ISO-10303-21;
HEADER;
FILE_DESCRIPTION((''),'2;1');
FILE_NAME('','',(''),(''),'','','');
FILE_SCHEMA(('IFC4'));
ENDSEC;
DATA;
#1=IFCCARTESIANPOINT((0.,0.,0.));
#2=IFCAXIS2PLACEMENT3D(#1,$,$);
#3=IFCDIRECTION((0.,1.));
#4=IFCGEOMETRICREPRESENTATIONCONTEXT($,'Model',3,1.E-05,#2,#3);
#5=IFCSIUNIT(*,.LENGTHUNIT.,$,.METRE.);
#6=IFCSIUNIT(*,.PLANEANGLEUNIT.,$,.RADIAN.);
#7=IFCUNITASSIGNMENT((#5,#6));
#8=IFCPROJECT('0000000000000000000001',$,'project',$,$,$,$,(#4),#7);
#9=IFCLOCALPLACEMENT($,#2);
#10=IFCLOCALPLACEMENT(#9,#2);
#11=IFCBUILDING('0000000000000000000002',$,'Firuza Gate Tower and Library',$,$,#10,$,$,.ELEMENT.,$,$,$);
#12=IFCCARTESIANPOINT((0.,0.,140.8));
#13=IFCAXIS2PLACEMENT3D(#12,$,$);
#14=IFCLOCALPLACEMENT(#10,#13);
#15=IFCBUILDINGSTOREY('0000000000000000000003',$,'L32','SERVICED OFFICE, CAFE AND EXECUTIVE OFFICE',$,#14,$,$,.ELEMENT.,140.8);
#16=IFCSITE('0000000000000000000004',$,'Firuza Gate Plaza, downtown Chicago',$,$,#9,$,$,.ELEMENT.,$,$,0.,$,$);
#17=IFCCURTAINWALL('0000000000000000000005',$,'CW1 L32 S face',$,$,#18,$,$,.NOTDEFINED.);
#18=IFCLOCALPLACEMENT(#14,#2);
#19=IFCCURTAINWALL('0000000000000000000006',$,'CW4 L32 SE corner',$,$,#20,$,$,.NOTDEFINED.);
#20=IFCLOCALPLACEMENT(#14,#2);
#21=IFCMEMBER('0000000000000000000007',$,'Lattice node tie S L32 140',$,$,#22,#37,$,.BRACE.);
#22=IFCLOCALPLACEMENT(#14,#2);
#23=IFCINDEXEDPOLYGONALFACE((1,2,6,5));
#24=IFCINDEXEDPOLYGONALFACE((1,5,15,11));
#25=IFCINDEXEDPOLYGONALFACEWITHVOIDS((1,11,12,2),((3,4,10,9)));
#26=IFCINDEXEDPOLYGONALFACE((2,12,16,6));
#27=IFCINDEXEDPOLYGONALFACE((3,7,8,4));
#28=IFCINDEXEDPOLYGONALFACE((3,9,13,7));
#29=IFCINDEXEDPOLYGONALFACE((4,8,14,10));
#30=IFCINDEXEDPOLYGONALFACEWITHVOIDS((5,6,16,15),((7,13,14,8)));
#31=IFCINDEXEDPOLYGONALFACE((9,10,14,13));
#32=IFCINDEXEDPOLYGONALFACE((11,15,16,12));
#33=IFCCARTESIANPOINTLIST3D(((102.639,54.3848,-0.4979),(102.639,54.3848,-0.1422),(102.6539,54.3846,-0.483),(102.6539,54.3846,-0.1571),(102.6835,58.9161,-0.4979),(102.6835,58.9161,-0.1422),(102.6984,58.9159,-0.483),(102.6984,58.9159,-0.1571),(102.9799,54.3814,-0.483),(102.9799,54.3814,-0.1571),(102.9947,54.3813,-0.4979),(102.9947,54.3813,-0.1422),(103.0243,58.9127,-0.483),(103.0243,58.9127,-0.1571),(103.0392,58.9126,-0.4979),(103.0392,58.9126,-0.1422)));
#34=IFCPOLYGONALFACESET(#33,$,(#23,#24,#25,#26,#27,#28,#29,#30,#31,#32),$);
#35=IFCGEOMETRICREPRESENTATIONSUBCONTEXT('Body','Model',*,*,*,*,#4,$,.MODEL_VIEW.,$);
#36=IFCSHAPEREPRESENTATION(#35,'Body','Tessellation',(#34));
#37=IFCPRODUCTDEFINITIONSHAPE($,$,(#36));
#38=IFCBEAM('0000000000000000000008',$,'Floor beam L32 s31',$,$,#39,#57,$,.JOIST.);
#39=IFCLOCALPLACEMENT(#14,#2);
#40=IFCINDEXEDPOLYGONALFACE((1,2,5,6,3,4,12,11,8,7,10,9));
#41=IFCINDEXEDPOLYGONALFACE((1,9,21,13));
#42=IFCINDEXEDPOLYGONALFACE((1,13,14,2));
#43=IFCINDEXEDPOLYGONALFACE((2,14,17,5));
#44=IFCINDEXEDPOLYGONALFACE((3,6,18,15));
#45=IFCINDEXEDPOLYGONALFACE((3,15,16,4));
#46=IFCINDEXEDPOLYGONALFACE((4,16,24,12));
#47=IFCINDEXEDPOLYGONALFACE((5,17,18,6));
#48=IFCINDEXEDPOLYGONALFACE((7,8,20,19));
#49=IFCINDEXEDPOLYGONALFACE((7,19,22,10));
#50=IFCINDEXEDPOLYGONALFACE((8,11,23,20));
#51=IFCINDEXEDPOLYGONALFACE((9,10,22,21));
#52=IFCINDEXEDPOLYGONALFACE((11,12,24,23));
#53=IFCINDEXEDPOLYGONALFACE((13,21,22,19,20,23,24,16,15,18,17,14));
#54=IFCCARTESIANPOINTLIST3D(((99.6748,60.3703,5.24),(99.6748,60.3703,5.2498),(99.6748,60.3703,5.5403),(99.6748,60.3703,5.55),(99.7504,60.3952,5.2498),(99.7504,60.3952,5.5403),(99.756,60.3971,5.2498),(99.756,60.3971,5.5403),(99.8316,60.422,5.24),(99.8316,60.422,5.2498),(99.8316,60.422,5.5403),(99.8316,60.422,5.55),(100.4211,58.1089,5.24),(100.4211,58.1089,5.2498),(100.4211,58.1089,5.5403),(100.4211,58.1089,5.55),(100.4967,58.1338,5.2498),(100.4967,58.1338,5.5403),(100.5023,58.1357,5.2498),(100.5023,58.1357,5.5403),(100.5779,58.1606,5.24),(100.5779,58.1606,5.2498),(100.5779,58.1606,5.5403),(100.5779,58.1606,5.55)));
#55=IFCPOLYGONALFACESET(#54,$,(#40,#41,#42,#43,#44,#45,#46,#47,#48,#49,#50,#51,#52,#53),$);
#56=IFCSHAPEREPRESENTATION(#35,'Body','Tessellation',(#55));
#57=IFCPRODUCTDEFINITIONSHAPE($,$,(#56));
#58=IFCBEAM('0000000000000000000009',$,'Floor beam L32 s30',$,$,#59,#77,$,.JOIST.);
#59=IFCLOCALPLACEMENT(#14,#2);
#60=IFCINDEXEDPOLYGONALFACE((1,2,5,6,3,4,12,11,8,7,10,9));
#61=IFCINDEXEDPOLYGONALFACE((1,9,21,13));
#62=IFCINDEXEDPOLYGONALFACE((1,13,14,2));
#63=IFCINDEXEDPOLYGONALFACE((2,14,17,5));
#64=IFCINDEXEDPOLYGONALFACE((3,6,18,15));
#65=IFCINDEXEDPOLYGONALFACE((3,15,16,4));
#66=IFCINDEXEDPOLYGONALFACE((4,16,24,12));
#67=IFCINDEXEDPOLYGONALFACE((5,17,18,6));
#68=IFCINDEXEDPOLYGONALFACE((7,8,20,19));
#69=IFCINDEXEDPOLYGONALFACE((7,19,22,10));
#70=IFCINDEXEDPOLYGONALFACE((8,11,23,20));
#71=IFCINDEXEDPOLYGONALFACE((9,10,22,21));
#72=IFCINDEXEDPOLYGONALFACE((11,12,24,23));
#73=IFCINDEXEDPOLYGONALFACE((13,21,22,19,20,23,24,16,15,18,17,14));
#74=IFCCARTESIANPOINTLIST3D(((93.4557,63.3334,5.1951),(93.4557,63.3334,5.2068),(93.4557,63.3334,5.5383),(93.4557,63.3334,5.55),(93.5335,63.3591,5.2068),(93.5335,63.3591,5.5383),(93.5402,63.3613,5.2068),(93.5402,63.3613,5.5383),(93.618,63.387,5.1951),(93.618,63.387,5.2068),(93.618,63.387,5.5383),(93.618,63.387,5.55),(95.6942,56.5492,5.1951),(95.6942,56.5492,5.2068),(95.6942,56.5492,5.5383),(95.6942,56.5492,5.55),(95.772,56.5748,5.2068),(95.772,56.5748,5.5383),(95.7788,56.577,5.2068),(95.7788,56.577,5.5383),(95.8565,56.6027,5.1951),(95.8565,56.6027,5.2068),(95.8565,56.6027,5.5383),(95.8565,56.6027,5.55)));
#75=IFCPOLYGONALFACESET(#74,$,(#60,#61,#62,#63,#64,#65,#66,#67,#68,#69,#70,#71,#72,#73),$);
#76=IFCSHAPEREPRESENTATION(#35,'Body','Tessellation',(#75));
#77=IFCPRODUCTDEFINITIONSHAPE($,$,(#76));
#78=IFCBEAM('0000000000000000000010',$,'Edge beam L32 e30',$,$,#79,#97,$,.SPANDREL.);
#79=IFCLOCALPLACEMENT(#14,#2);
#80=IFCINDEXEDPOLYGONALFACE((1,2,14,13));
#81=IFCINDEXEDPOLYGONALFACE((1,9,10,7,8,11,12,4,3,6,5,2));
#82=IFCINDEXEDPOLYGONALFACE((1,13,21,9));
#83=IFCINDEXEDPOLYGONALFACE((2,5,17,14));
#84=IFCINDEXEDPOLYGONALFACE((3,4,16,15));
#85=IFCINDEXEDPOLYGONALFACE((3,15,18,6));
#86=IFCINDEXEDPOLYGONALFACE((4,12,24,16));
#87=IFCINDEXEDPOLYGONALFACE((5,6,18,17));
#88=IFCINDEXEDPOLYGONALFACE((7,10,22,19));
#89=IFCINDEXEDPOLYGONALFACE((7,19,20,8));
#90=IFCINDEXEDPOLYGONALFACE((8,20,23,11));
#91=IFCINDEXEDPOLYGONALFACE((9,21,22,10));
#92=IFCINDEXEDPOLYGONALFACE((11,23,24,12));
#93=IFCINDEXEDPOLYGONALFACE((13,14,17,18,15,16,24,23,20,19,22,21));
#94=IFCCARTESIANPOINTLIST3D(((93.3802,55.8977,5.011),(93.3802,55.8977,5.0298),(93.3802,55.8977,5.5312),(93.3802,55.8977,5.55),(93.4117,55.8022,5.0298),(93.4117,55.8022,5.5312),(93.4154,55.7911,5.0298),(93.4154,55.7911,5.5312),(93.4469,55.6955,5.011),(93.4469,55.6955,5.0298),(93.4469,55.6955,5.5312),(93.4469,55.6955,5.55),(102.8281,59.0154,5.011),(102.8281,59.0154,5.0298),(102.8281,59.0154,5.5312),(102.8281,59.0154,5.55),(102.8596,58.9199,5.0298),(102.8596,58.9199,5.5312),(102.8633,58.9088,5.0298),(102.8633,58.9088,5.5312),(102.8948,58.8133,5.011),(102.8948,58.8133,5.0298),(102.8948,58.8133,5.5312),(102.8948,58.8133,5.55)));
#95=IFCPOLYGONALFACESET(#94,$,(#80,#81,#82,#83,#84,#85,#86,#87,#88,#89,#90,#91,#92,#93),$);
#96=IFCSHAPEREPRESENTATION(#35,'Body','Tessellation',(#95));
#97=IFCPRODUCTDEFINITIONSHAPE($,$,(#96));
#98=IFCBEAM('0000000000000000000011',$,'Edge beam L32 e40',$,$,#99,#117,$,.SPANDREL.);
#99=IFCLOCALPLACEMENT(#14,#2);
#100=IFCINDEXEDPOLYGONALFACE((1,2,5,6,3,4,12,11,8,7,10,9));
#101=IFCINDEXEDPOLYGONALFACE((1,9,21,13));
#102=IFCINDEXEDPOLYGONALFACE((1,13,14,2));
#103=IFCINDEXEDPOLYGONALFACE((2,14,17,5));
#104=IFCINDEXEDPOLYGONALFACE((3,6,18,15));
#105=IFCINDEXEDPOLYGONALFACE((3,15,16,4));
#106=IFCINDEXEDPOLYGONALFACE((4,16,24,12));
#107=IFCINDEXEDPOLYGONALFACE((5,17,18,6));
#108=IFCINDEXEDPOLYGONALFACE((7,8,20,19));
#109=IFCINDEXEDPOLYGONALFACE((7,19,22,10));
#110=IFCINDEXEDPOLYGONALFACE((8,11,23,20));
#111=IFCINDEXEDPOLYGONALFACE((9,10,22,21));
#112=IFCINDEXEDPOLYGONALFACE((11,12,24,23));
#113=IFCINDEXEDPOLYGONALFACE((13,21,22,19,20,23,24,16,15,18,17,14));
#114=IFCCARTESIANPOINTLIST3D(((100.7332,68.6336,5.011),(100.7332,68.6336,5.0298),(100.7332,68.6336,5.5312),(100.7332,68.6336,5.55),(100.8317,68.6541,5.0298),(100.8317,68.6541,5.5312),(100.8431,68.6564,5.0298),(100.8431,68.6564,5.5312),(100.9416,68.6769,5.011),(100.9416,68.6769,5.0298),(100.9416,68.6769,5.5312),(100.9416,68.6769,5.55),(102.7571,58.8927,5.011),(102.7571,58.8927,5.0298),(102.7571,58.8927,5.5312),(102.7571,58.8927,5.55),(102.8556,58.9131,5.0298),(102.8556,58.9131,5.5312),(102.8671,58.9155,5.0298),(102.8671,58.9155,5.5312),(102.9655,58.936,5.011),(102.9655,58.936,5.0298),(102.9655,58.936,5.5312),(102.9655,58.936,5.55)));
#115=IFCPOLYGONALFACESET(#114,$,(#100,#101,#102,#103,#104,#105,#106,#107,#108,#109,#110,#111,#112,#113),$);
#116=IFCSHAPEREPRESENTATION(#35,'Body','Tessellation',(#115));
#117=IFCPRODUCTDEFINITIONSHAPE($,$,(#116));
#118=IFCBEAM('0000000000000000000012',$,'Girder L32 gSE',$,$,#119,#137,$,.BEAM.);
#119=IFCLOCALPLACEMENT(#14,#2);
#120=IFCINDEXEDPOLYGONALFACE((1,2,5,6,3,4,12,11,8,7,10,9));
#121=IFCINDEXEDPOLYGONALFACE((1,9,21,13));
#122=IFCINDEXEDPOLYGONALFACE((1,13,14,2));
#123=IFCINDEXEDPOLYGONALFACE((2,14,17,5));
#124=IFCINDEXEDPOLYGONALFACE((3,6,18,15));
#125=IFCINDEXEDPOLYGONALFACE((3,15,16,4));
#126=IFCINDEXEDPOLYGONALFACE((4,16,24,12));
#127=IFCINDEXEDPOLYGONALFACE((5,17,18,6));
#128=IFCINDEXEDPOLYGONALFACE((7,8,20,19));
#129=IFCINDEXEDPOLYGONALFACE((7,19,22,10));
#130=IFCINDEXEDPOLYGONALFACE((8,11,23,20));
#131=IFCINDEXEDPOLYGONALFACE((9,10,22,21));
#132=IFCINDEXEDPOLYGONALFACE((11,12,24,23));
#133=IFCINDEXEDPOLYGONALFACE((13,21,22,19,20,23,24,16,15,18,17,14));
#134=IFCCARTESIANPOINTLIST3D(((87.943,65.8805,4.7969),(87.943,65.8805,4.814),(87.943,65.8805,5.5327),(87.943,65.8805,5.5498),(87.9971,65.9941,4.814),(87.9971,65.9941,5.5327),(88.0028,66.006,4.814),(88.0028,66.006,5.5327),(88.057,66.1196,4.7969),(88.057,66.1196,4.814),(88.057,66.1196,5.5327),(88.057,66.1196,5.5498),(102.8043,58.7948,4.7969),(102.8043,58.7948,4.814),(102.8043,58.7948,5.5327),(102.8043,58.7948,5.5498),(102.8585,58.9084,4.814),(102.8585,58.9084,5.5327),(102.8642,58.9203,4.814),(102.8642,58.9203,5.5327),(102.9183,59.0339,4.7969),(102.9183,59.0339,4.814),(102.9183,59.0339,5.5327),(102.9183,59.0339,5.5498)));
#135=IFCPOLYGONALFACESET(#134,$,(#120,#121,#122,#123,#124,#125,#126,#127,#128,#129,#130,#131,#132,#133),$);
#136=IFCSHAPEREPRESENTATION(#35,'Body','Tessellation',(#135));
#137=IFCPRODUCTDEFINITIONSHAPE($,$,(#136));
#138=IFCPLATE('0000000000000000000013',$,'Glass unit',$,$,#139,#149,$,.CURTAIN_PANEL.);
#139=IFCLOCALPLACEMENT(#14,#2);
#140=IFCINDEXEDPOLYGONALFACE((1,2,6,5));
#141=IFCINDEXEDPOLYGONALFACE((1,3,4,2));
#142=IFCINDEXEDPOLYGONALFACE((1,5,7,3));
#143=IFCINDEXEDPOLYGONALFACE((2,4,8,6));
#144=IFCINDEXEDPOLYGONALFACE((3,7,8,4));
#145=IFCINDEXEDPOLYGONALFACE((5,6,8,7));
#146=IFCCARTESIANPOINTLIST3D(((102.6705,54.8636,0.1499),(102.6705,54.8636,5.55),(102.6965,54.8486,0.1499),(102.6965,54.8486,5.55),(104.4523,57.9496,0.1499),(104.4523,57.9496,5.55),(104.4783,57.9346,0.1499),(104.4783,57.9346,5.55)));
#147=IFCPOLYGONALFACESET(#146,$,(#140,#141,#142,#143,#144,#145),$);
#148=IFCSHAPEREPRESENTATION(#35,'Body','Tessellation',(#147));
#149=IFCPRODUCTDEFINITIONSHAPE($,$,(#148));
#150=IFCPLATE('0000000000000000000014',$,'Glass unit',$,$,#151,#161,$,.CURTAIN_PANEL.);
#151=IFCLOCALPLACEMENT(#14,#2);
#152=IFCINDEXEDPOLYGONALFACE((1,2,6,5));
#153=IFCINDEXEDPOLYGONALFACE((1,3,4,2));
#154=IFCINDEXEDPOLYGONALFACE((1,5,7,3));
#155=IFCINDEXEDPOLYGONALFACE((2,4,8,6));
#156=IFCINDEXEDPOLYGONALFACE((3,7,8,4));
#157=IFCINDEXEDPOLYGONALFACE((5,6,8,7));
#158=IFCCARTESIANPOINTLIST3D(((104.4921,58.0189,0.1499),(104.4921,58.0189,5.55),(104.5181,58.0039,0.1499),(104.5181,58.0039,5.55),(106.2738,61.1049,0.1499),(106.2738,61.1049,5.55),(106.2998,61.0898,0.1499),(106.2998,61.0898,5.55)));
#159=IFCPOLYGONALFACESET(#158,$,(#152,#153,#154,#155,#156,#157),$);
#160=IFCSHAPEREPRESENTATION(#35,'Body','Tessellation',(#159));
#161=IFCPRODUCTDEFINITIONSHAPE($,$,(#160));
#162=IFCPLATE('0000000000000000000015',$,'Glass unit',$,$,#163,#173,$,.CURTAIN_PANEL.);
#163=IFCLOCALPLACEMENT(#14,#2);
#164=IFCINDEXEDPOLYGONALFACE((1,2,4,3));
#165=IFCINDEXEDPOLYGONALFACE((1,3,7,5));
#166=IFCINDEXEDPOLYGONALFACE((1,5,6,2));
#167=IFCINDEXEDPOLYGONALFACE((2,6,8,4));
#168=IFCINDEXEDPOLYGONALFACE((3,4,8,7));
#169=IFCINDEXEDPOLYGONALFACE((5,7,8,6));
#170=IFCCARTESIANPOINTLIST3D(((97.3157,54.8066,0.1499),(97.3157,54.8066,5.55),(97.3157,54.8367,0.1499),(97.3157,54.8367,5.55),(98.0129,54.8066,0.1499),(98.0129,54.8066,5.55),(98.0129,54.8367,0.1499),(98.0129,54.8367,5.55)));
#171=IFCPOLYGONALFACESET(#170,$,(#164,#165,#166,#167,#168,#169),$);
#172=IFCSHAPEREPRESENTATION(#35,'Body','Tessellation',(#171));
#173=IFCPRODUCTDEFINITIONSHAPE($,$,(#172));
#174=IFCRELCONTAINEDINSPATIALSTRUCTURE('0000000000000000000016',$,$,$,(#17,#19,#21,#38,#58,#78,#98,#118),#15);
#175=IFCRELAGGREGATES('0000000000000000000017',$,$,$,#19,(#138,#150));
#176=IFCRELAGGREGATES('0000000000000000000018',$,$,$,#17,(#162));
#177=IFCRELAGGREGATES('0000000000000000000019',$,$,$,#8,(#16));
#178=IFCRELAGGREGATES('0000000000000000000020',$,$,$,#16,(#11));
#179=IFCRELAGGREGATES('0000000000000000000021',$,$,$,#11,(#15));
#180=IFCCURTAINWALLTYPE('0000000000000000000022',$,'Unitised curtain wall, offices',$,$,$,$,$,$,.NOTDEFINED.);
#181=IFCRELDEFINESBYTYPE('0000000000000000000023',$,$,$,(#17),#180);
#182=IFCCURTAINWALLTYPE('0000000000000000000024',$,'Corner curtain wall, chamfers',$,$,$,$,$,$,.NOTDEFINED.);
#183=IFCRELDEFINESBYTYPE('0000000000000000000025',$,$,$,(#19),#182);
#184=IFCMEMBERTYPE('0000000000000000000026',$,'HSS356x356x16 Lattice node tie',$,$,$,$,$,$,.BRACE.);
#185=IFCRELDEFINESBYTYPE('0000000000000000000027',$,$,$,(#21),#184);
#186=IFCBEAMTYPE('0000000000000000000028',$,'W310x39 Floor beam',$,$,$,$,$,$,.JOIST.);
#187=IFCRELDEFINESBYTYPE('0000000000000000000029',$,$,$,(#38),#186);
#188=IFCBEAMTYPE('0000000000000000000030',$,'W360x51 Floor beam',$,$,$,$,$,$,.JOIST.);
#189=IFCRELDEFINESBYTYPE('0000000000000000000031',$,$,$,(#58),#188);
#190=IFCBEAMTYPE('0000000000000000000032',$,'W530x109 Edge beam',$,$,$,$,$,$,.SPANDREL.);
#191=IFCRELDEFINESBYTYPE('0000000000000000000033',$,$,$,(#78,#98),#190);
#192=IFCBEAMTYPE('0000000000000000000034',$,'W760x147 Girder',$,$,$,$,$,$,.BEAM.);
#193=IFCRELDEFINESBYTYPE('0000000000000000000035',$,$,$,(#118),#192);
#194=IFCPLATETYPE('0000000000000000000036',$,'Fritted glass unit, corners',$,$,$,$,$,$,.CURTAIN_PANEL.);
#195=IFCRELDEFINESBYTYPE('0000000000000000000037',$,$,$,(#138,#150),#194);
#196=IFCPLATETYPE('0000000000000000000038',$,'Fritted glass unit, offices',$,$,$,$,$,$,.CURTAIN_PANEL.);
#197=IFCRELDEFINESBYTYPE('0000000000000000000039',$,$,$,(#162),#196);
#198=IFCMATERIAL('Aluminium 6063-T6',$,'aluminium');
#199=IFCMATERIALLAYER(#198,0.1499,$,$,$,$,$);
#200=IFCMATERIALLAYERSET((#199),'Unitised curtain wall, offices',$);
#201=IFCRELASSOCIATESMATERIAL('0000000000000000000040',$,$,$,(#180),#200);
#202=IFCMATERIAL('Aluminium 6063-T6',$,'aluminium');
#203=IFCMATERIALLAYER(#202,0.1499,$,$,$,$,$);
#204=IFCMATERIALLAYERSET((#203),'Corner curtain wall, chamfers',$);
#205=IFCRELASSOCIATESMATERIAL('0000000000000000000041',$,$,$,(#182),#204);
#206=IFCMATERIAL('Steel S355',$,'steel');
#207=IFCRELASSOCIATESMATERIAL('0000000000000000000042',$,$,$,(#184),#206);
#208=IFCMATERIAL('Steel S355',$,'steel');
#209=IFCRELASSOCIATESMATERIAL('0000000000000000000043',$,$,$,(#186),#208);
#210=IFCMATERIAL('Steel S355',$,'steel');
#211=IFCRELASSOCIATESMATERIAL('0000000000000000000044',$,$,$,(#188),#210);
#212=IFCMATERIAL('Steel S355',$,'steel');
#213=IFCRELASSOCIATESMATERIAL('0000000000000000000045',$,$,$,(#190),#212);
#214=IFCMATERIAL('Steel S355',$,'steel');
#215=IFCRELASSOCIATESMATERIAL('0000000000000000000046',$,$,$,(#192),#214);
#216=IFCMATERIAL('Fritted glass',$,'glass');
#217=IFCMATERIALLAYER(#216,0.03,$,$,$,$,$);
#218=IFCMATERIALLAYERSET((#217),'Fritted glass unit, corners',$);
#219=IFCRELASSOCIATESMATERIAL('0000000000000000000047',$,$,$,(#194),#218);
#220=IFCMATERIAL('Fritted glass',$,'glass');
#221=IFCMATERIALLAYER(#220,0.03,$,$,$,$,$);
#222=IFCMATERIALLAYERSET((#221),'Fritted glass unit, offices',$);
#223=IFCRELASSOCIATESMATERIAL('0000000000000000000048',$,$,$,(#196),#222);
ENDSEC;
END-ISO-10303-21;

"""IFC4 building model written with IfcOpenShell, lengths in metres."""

from ifc_helpers import new_model, si_unit, direction, frame, origin, origin_2d, place, context, subcontext, project, spatial, polyline, hollow_rectangle, i_section, outline, extrude, material, layer, layer_set, material_profile, profile_set, type_object, element, aggregate, save


model = new_model("IFC4")

# Units and contexts
model_context = context("Model", 3, precision=1e-05, world=origin(), true_north=direction((0.0, 1.0)))
body_context = subcontext(model_context, "Body", "Model", "MODEL_VIEW")
ifc_project = project(units=[si_unit("LENGTHUNIT", "METRE"), si_unit("PLANEANGLEUNIT", "RADIAN")], contexts=[model_context])

# Site, building, storey
site_placement = place(None, origin())
site = spatial("IfcSite", under=ifc_project, at=site_placement, Name="Firuza Gate Plaza, downtown Chicago", CompositionType="ELEMENT", RefElevation=0.0)
building_placement = place(site_placement, origin())
building = spatial("IfcBuilding", under=site, at=building_placement, Name="Firuza Gate Tower and Library", CompositionType="ELEMENT")
storey_placement = place(building_placement, frame((0.0, 0.0, 140.8)))
storey = spatial("IfcBuildingStorey", under=building, at=storey_placement, Name="L32", Description="SERVICED OFFICE, CAFE AND EXECUTIVE OFFICE", CompositionType="ELEMENT", Elevation=140.8)

# Curtain walls
ifc_material_1 = material(Name="Aluminium 6063-T6", Category="aluminium")
ifc_layer_1 = layer(ifc_material_1, 0.1499)
ifc_layer_set_1 = layer_set([ifc_layer_1], Name="Unitised curtain wall, offices")
curtain_wall_type_1 = type_object("IfcCurtainWallType", Name="Unitised curtain wall, offices", PredefinedType="NOTDEFINED", material=ifc_layer_set_1)
placement = place(storey_placement, origin())
curtain_wall_1 = element("IfcCurtainWall", 1, at=placement, inside=storey, type_object=curtain_wall_type_1, Name="CW1 L32 S face", PredefinedType="NOTDEFINED")
ifc_material_2 = material(Name="Aluminium 6063-T6", Category="aluminium")
ifc_layer_2 = layer(ifc_material_2, 0.1499)
ifc_layer_set_2 = layer_set([ifc_layer_2], Name="Corner curtain wall, chamfers")
curtain_wall_type_2 = type_object("IfcCurtainWallType", Name="Corner curtain wall, chamfers", PredefinedType="NOTDEFINED", material=ifc_layer_set_2)
curtain_wall_2 = element("IfcCurtainWall", 2, at=placement, inside=storey, type_object=curtain_wall_type_2, Name="CW4 L32 SE corner", PredefinedType="NOTDEFINED")

# Member
ifc_material_3 = material(Name="Steel S355", Category="steel")
ifc_material_profile_1 = material_profile(ifc_material_3, hollow_rectangle(XDim=0.3557, YDim=0.3557, WallThickness=0.0149, at=origin_2d()))
ifc_profile_set_1 = profile_set([ifc_material_profile_1], Name="Steel S355")
member_type_1 = type_object("IfcMemberType", Name="HSS356x356x16 Lattice node tie", PredefinedType="BRACE", material=ifc_profile_set_1)
member_1_placement = place(storey_placement, frame((102.8613, 58.9143, -0.3201), z_axis=(-0.009806, -0.999952, 0.0), x_axis=(0.999952, -0.009806, 0.0)))
element("IfcMember", 3, at=member_1_placement, inside=storey, type_object=member_type_1, Name="Lattice node tie S L32 140", PredefinedType="BRACE", context=body_context, shape_type="SweptSolid", body=[
    extrude(hollow_rectangle(XDim=0.3557, YDim=0.3557, WallThickness=0.0149, at=origin_2d()), origin(), (0.0, 0.0, 1.0), 4.5315),
])

# Beams
ifc_material_4 = material(Name="Steel S355", Category="steel")
ifc_material_profile_2 = material_profile(ifc_material_4, i_section(OverallWidth=0.165, OverallDepth=0.3101, WebThickness=0.0059, FlangeThickness=0.0098, at=origin_2d()))
ifc_profile_set_2 = profile_set([ifc_material_profile_2], Name="Steel S355")
beam_type_1 = type_object("IfcBeamType", Name="W310x39 Floor beam", PredefinedType="JOIST", material=ifc_profile_set_2)
beam_1_placement = place(storey_placement, frame((100.4995, 58.1348, 5.395), z_axis=(-0.313397, 0.949622, 0.0), x_axis=(-0.949622, -0.313397, 0.0)))
element("IfcBeam", 4, at=beam_1_placement, inside=storey, type_object=beam_type_1, Name="Floor beam L32 s31", PredefinedType="JOIST", context=body_context, shape_type="SweptSolid", body=[
    extrude(i_section(OverallWidth=0.165, OverallDepth=0.3101, WebThickness=0.0059, FlangeThickness=0.0098, at=origin_2d()), origin(), (0.0, 0.0, 1.0), 2.3813),
])
ifc_material_5 = material(Name="Steel S355", Category="steel")
ifc_material_profile_3 = material_profile(ifc_material_5, i_section(OverallWidth=0.1709, OverallDepth=0.355, WebThickness=0.0071, FlangeThickness=0.0117, at=origin_2d()))
ifc_profile_set_3 = profile_set([ifc_material_profile_3], Name="Steel S355")
beam_type_2 = type_object("IfcBeamType", Name="W360x51 Floor beam", PredefinedType="JOIST", material=ifc_profile_set_3)
beam_2_placement = place(storey_placement, frame((95.7754, 56.5759, 5.3726), z_axis=(-0.313345, 0.949639, 0.0), x_axis=(-0.949639, -0.313345, 0.0)))
element("IfcBeam", 5, at=beam_2_placement, inside=storey, type_object=beam_type_2, Name="Floor beam L32 s30", PredefinedType="JOIST", context=body_context, shape_type="SweptSolid", body=[
    extrude(i_section(OverallWidth=0.1709, OverallDepth=0.355, WebThickness=0.0071, FlangeThickness=0.0117, at=origin_2d()), origin(), (0.0, 0.0, 1.0), 7.144),
])
ifc_material_6 = material(Name="Steel S355", Category="steel")
ifc_material_profile_4 = material_profile(ifc_material_6, i_section(OverallWidth=0.2129, OverallDepth=0.5391, WebThickness=0.0117, FlangeThickness=0.0188, at=origin_2d()))
ifc_profile_set_4 = profile_set([ifc_material_profile_4], Name="Steel S355")
beam_type_3 = type_object("IfcBeamType", Name="W530x109 Edge beam", PredefinedType="SPANDREL", material=ifc_profile_set_4)
for number, where, z_axis, x_axis, name in (
    (6, (93.4136, 55.7966, 5.2805), (0.949631, 0.31337, 0.0), (-0.31337, 0.949631, 0.0), "Edge beam L32 e30"),
    (7, (102.8613, 58.9143, 5.2805), (-0.20343, 0.97909, 0.0), (-0.97909, -0.20343, 0.0), "Edge beam L32 e40"),
):
    element("IfcBeam", number, at=place(storey_placement, frame(where, z_axis=z_axis, x_axis=x_axis)), inside=storey, type_object=beam_type_3, Name=name, PredefinedType="SPANDREL", context=body_context, shape_type="SweptSolid", body=[
        extrude(i_section(OverallWidth=0.2129, OverallDepth=0.5391, WebThickness=0.0117, FlangeThickness=0.0188, at=origin_2d()), origin(), (0.0, 0.0, 1.0), 9.949),
    ])
ifc_material_7 = material(Name="Steel S355", Category="steel")
ifc_material_profile_5 = material_profile(ifc_material_7, i_section(OverallWidth=0.2649, OverallDepth=0.7529, WebThickness=0.0132, FlangeThickness=0.0171, at=origin_2d()))
ifc_profile_set_5 = profile_set([ifc_material_profile_5], Name="Steel S355")
beam_type_4 = type_object("IfcBeamType", Name="W760x147 Girder", PredefinedType="BEAM", material=ifc_profile_set_5)
beam_3_placement = place(storey_placement, frame((102.8613, 58.9143, 5.1733), z_axis=(-0.902651, 0.430373, 0.0), x_axis=(-0.430373, -0.902651, 0.0)))
element("IfcBeam", 8, at=beam_3_placement, inside=storey, type_object=beam_type_4, Name="Girder L32 gSE", PredefinedType="BEAM", context=body_context, shape_type="SweptSolid", body=[
    extrude(i_section(OverallWidth=0.2649, OverallDepth=0.7529, WebThickness=0.0132, FlangeThickness=0.0171, at=origin_2d()), origin(), (0.0, 0.0, 1.0), 16.4641),
])

# Plates
ifc_material_8 = material(Name="Fritted glass", Category="glass")
ifc_layer_3 = layer(ifc_material_8, 0.03)
ifc_layer_set_3 = layer_set([ifc_layer_3], Name="Fritted glass unit, corners")
plate_type_1 = type_object("IfcPlateType", Name="Fritted glass unit, corners", PredefinedType="CURTAIN_PANEL", material=ifc_layer_set_3)
plate_1_placement = place(storey_placement, frame((102.6965, 54.8486, 0.1499), z_axis=(0.866017, -0.500015, 0.0), x_axis=(0.500015, 0.866017, 0.0)))
plate_1 = element("IfcPlate", 9, at=plate_1_placement, type_object=plate_type_1, Name="Glass unit", PredefinedType="CURTAIN_PANEL", context=body_context, shape_type="SweptSolid", body=[
    extrude(outline(polyline([(0.0, 0.0), (3.5634, 0.0), (3.5634, 5.4001), (0.0, 5.4001), (0.0, 0.0)])), origin(), (0.0, 0.0, -1.0), 0.03),
])
plate_2_placement = place(storey_placement, frame((104.5181, 58.0039, 0.1499), z_axis=(0.866017, -0.500015, 0.0), x_axis=(0.500015, 0.866017, 0.0)))
plate_2 = element("IfcPlate", 10, at=plate_2_placement, type_object=plate_type_1, Name="Glass unit", PredefinedType="CURTAIN_PANEL", context=body_context, shape_type="SweptSolid", body=[
    extrude(outline(polyline([(0.0, 0.0), (3.5634, 0.0), (3.5634, 5.4001), (0.0, 5.4001), (0.0, 0.0)])), origin(), (0.0, 0.0, -1.0), 0.03),
])
aggregate(curtain_wall_2, [plate_1, plate_2])
ifc_material_9 = material(Name="Fritted glass", Category="glass")
ifc_layer_4 = layer(ifc_material_9, 0.03)
ifc_layer_set_4 = layer_set([ifc_layer_4], Name="Fritted glass unit, offices")
plate_type_2 = type_object("IfcPlateType", Name="Fritted glass unit, offices", PredefinedType="CURTAIN_PANEL", material=ifc_layer_set_4)
plate_3_placement = place(storey_placement, frame((97.3157, 54.8066, 0.1499), z_axis=(0.0, -1.0, 0.0), x_axis=(1.0, 0.0, 0.0)))
plate_3 = element("IfcPlate", 11, at=plate_3_placement, type_object=plate_type_2, Name="Glass unit", PredefinedType="CURTAIN_PANEL", context=body_context, shape_type="SweptSolid", body=[
    extrude(outline(polyline([(0.0, 0.0), (0.6973, 0.0), (0.6973, 5.4001), (0.0, 5.4001), (0.0, 0.0)])), origin(), (0.0, 0.0, -1.0), 0.03),
])
aggregate(curtain_wall_1, [plate_3])

save(model, "model.ifc")
